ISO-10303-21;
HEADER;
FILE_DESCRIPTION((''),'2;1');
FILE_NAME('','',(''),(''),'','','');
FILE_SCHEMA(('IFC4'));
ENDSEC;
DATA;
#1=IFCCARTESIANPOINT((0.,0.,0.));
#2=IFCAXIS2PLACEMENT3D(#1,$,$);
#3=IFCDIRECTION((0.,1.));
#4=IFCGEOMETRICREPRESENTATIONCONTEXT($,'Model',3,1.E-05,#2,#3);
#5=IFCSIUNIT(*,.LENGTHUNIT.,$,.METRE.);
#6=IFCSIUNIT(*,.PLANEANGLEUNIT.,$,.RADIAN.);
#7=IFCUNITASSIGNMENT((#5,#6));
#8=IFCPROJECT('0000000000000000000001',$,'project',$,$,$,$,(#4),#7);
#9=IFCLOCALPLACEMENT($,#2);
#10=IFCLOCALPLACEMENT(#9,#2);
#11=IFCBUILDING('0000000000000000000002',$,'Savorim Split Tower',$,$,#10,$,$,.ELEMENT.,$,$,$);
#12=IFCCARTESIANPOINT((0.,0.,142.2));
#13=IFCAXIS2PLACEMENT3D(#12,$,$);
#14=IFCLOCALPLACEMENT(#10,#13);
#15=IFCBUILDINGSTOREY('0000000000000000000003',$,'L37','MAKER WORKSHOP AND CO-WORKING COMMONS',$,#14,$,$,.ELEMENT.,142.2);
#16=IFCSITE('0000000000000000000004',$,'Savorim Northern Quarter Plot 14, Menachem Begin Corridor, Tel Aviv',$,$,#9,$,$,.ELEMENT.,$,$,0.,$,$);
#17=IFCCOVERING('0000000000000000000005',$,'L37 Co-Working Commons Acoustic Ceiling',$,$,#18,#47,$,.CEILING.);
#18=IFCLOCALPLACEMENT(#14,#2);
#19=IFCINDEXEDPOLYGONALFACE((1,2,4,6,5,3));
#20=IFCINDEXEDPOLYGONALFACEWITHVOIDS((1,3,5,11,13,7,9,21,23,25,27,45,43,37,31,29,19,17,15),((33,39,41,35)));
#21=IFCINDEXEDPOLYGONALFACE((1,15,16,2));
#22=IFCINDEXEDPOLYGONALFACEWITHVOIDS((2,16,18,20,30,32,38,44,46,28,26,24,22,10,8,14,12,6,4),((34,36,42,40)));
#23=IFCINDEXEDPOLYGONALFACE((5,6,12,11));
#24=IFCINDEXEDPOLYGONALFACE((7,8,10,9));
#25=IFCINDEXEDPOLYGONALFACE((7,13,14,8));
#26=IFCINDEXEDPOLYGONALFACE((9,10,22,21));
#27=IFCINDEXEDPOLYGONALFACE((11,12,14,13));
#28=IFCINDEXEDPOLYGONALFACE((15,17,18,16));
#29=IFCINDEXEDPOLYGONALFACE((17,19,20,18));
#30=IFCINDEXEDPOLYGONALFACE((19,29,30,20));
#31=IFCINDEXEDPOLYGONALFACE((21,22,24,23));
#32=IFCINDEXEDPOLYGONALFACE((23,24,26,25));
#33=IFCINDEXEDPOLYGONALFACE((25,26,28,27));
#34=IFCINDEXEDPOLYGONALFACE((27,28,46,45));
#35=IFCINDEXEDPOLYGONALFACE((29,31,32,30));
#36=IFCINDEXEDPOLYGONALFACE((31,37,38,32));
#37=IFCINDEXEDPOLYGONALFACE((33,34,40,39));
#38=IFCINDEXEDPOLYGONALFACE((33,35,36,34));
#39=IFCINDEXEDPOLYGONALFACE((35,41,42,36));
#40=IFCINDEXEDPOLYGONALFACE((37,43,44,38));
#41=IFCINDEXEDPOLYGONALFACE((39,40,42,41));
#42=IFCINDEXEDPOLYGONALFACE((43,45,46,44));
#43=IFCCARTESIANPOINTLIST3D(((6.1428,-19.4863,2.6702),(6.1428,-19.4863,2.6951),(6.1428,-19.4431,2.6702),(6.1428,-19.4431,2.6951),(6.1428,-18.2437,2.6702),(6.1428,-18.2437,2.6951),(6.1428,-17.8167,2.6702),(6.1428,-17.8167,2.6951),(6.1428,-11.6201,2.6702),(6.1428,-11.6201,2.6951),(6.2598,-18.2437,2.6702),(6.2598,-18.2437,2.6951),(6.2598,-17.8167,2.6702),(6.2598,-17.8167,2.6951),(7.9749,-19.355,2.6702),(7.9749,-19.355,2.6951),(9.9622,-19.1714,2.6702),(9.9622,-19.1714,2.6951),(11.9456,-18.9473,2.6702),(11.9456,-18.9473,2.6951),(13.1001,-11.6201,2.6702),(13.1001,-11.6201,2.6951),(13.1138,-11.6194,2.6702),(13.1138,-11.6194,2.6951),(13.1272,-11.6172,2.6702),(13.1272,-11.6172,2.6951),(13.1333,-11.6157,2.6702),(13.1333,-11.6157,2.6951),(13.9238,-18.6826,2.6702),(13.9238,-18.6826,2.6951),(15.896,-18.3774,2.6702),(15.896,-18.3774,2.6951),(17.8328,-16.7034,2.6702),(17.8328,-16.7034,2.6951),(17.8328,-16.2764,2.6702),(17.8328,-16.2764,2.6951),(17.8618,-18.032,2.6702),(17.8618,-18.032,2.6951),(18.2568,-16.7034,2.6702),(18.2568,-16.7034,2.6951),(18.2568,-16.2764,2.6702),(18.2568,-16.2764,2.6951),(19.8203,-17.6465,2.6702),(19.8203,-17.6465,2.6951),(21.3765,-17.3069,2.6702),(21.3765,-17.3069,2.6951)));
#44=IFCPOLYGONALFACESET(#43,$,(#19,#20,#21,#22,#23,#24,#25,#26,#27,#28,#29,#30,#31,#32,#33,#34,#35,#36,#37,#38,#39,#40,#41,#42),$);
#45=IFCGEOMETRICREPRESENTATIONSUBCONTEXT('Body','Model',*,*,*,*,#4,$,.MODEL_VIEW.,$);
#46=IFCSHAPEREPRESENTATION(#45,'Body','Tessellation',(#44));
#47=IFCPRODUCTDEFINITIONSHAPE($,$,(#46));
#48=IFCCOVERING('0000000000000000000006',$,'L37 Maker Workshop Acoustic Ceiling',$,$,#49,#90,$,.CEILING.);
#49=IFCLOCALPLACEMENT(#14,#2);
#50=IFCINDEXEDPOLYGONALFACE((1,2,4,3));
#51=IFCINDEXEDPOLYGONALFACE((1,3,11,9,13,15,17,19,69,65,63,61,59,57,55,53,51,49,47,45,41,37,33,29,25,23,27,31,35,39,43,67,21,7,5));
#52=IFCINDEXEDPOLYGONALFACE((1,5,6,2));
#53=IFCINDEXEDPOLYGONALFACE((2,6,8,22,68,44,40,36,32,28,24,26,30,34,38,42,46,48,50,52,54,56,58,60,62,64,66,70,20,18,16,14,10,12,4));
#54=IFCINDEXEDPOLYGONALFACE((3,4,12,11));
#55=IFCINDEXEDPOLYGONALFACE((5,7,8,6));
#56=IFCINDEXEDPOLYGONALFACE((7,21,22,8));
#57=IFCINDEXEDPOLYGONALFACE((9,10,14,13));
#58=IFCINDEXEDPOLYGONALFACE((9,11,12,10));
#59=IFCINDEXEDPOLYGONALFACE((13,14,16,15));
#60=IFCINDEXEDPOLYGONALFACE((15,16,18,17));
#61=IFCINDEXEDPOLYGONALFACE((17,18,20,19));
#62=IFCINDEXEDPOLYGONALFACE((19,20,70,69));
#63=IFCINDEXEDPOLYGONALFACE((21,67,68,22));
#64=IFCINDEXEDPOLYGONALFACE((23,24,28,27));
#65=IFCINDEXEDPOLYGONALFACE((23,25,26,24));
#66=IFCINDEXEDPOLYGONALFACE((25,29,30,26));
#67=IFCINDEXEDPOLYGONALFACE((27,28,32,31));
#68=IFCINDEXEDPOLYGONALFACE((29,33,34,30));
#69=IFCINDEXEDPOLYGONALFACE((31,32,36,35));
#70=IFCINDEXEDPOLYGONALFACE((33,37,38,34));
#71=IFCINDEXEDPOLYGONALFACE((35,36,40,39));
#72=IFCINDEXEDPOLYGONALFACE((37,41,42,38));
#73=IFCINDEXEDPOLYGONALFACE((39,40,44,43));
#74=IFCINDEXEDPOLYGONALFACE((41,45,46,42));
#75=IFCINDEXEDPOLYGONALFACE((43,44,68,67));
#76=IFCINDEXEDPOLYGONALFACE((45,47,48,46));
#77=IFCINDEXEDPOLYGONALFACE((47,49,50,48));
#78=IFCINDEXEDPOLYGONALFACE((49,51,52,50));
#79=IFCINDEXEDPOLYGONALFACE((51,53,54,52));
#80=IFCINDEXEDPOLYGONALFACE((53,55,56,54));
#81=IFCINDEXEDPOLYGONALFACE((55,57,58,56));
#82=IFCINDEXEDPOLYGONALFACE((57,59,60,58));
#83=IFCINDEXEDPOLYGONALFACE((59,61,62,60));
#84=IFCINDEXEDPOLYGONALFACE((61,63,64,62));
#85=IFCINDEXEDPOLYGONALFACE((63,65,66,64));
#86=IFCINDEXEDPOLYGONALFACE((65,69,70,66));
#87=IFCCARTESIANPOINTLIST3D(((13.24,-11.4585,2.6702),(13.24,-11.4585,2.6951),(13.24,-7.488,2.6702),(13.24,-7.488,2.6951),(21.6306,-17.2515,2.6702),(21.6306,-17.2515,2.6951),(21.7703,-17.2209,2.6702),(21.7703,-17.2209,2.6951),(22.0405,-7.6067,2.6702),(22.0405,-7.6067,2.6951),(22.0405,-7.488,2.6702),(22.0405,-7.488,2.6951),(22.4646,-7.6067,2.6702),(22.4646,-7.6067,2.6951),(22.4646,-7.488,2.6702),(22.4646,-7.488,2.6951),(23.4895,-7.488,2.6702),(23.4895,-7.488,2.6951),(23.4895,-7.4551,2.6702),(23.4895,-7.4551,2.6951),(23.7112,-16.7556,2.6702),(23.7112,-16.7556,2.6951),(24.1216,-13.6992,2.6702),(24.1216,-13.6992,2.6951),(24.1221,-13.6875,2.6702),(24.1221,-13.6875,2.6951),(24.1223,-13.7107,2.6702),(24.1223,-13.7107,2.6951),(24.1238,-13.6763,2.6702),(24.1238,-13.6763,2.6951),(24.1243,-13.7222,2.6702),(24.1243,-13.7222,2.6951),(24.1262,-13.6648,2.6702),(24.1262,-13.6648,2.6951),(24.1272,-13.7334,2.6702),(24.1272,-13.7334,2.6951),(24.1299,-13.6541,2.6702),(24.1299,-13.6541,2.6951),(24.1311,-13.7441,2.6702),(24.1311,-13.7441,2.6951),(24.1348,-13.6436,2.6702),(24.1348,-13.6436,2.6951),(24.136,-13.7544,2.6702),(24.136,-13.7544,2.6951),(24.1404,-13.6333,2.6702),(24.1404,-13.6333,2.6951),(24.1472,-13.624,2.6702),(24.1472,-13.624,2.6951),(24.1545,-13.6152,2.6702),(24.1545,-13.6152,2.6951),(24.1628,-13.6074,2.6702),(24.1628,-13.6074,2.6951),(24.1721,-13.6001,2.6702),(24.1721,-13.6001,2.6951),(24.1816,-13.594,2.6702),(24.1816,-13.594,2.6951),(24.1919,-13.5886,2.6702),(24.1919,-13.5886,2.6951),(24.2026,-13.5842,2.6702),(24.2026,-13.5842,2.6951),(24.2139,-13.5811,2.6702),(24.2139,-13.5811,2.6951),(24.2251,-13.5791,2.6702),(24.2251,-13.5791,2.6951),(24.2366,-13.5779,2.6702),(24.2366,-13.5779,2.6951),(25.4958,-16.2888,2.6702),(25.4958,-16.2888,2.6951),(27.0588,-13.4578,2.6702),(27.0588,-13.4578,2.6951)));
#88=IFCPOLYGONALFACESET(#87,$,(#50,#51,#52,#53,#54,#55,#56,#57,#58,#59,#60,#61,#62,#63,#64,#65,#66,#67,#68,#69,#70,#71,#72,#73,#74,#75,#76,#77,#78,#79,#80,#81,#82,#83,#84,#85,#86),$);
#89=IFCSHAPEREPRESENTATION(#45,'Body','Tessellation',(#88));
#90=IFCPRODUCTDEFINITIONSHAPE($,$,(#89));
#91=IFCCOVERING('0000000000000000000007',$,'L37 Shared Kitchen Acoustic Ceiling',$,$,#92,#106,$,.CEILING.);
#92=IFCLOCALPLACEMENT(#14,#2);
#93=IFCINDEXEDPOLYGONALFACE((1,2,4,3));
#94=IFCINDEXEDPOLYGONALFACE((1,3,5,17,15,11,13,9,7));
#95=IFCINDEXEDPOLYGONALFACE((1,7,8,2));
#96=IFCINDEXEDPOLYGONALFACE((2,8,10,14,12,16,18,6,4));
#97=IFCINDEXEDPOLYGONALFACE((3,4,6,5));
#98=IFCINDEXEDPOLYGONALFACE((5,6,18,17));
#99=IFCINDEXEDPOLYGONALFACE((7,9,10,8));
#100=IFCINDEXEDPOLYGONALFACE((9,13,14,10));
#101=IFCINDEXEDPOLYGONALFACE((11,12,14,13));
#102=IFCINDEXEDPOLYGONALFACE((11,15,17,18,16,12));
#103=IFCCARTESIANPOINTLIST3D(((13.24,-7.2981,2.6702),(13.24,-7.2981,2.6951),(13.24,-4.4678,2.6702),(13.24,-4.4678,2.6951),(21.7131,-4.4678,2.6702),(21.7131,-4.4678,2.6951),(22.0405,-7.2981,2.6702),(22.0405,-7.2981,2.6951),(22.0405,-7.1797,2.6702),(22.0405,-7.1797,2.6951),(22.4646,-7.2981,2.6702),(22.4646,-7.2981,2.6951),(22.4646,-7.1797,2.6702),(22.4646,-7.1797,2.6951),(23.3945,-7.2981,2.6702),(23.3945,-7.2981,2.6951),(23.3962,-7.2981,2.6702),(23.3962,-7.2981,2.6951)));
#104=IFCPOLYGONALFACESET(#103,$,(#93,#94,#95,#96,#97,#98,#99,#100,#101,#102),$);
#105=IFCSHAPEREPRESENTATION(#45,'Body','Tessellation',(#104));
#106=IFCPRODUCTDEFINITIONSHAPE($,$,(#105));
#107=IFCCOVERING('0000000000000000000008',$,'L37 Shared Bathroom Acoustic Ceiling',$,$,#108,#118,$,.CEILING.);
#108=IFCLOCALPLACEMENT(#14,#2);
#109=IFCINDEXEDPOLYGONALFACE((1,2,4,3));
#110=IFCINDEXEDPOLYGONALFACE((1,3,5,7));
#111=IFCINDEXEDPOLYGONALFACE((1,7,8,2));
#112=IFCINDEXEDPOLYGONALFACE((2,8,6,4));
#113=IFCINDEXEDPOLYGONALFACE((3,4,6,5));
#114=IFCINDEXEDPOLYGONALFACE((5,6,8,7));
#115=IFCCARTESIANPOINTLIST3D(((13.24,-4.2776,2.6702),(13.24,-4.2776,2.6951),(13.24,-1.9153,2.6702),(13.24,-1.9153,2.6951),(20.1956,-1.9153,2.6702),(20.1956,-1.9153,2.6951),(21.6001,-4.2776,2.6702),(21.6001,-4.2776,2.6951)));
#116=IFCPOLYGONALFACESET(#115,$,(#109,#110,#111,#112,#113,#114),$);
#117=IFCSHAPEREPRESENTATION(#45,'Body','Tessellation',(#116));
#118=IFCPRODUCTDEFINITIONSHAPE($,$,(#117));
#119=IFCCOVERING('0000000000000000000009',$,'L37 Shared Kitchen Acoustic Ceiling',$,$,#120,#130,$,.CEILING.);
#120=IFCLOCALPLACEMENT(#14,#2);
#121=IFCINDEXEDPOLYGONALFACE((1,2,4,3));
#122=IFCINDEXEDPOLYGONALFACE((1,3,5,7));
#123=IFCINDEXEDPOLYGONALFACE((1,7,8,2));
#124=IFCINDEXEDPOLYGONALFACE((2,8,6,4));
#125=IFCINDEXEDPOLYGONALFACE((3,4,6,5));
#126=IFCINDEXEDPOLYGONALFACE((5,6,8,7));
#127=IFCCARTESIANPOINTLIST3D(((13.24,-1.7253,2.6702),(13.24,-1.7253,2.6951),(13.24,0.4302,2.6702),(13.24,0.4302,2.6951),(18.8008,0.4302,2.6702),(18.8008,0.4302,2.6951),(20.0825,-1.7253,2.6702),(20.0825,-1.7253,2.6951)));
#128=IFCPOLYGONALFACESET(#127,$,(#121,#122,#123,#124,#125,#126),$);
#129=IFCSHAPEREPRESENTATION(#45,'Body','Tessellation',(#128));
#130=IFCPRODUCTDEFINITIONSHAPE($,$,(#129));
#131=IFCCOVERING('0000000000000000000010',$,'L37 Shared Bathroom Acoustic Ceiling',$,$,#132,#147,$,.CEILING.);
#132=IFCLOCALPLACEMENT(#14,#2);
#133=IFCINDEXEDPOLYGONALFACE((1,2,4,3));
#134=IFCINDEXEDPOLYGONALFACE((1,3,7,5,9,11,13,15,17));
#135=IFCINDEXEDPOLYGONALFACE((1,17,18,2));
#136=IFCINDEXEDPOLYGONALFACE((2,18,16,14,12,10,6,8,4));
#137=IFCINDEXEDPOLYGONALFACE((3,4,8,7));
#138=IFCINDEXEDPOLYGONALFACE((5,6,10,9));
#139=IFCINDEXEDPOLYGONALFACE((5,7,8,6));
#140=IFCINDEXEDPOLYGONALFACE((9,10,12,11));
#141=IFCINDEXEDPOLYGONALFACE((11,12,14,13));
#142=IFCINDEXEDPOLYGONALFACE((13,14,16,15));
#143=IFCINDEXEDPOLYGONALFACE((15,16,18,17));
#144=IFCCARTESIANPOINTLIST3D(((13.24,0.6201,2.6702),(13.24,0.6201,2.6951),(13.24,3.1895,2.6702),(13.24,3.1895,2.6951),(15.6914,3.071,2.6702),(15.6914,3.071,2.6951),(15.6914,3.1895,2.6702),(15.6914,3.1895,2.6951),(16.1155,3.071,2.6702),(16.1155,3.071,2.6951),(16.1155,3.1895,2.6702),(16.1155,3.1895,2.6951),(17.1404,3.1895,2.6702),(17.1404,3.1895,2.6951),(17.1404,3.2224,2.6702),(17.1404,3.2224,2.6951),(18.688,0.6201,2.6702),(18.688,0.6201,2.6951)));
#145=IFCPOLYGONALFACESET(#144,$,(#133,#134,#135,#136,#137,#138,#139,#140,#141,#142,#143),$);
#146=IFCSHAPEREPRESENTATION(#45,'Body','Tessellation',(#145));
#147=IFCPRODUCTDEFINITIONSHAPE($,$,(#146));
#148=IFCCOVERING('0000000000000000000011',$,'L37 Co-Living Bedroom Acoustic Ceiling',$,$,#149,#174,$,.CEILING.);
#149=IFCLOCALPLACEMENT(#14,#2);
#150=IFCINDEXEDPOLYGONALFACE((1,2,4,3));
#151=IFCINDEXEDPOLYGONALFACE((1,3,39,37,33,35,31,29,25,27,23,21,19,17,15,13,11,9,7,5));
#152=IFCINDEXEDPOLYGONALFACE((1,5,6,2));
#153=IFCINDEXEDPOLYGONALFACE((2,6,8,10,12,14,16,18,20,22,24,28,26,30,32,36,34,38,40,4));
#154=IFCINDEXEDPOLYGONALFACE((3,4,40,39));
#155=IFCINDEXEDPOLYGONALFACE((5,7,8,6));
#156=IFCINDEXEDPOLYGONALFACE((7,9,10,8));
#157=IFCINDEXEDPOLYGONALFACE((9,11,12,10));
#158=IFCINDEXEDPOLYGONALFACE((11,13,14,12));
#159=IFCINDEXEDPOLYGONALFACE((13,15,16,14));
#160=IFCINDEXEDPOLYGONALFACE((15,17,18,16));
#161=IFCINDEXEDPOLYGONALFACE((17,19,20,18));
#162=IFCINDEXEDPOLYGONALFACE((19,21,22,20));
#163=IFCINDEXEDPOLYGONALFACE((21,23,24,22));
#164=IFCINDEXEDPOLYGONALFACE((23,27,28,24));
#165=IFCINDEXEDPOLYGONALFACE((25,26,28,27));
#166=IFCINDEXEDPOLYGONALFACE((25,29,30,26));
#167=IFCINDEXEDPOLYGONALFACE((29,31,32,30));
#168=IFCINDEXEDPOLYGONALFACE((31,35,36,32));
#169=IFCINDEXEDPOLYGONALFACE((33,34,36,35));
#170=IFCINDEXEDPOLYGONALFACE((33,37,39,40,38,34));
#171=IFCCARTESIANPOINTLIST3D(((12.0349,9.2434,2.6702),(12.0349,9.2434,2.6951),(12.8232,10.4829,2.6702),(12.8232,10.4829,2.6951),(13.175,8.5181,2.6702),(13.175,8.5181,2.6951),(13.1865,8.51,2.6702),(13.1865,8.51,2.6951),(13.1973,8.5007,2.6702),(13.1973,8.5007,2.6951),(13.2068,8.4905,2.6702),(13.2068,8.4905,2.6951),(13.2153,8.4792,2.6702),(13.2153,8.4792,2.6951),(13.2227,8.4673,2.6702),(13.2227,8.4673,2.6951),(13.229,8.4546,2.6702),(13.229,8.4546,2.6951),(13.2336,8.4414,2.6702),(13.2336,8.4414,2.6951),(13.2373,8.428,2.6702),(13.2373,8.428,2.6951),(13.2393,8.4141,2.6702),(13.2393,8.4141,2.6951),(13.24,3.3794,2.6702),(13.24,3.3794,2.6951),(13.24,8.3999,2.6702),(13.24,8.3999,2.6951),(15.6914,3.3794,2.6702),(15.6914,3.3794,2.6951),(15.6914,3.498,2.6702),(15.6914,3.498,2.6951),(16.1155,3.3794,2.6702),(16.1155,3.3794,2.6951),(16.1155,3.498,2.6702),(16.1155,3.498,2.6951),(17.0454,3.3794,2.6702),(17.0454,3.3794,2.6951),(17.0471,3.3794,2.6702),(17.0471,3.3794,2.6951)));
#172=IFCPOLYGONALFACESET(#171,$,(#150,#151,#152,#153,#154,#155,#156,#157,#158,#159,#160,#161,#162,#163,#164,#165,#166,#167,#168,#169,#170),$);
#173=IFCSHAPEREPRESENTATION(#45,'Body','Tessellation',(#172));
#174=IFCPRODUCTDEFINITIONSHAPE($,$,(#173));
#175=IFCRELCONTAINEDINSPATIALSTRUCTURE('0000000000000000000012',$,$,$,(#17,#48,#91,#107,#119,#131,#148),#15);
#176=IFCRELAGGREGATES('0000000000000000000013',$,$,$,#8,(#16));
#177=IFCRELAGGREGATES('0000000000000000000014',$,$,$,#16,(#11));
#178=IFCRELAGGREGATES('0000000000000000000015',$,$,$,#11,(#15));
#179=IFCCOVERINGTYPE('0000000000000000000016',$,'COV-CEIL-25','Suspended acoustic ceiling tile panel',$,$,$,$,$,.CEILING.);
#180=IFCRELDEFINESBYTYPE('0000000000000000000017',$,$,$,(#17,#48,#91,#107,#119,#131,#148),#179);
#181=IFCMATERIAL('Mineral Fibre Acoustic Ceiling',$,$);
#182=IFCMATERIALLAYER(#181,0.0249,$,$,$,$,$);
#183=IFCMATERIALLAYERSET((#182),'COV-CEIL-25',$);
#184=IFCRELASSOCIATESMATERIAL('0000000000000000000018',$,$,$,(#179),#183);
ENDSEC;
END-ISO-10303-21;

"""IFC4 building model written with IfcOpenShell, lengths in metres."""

from ifc_helpers import new_model, si_unit, direction, frame, origin, place, context, subcontext, project, spatial, polyline, outline, extrude, material, layer, layer_set, type_object, element, save


model = new_model("IFC4")

# Units and contexts
model_context = context("Model", 3, precision=1e-05, world=origin(), true_north=direction((0.0, 1.0)))
body_context = subcontext(model_context, "Body", "Model", "MODEL_VIEW")
ifc_project = project(units=[si_unit("LENGTHUNIT", "METRE"), si_unit("PLANEANGLEUNIT", "RADIAN")], contexts=[model_context])

# Site, building, storey
site_placement = place(None, origin())
site = spatial("IfcSite", under=ifc_project, at=site_placement, Name="Savorim Northern Quarter Plot 14, Menachem Begin Corridor, Tel Aviv", CompositionType="ELEMENT", RefElevation=0.0)
building_placement = place(site_placement, origin())
building = spatial("IfcBuilding", under=site, at=building_placement, Name="Savorim Split Tower", CompositionType="ELEMENT")
storey_placement = place(building_placement, frame((0.0, 0.0, 142.2)))
storey = spatial("IfcBuildingStorey", under=building, at=storey_placement, Name="L37", Description="MAKER WORKSHOP AND CO-WORKING COMMONS", CompositionType="ELEMENT", Elevation=142.2)

# Coverings
ifc_material_1 = material(Name="Mineral Fibre Acoustic Ceiling")
ifc_layer_1 = layer(ifc_material_1, 0.0249)
ifc_layer_set_1 = layer_set([ifc_layer_1], Name="COV-CEIL-25")
covering_type_1 = type_object("IfcCoveringType", Name="COV-CEIL-25", Description="Suspended acoustic ceiling tile panel", PredefinedType="CEILING", material=ifc_layer_set_1)
covering_1_placement = place(storey_placement, frame((0.0, 0.0, 2.6702)))
element("IfcCovering", 1, at=covering_1_placement, inside=storey, type_object=covering_type_1, Name="L37 Co-Working Commons Acoustic Ceiling", PredefinedType="CEILING", context=body_context, shape_type="SweptSolid", body=[
    extrude(outline(polyline([(15.896, -18.3774), (17.8618, -18.032), (19.8203, -17.6465), (21.3765, -17.3069), (13.1333, -11.6157), (13.1272, -11.6172), (13.1138, -11.6194), (13.1001, -11.6201), (6.1428, -11.6201), (6.1428, -17.8167), (6.2598, -17.8167), (6.2598, -18.2437), (6.1428, -18.2437), (6.1428, -19.4431), (6.1428, -19.4863), (7.9749, -19.355), (9.9622, -19.1714), (11.9456, -18.9473), (13.9238, -18.6826), (15.896, -18.3774)]), holes=[polyline([(18.2568, -16.7034), (18.2568, -16.2764), (17.8328, -16.2764), (17.8328, -16.7034), (18.2568, -16.7034)])]), origin(), (0.0, 0.0, 1.0), 0.0249),
])
covering_2_placement = place(storey_placement, frame((0.0, 0.0, 2.6702)))
element("IfcCovering", 2, at=covering_2_placement, inside=storey, type_object=covering_type_1, Name="L37 Maker Workshop Acoustic Ceiling", PredefinedType="CEILING", context=body_context, shape_type="SweptSolid", body=[
    extrude(outline(polyline([(24.2139, -13.5811), (24.2251, -13.5791), (24.2366, -13.5779), (27.0588, -13.4578), (23.4895, -7.4551), (23.4895, -7.488), (22.4646, -7.488), (22.4646, -7.6067), (22.0405, -7.6067), (22.0405, -7.488), (13.24, -7.488), (13.24, -11.4585), (21.6306, -17.2515), (21.7703, -17.2209), (23.7112, -16.7556), (25.4958, -16.2888), (24.136, -13.7544), (24.1311, -13.7441), (24.1272, -13.7334), (24.1243, -13.7222), (24.1223, -13.7107), (24.1216, -13.6992), (24.1221, -13.6875), (24.1238, -13.6763), (24.1262, -13.6648), (24.1299, -13.6541), (24.1348, -13.6436), (24.1404, -13.6333), (24.1472, -13.624), (24.1545, -13.6152), (24.1628, -13.6074), (24.1721, -13.6001), (24.1816, -13.594), (24.1919, -13.5886), (24.2026, -13.5842), (24.2139, -13.5811)])), origin(), (0.0, 0.0, 1.0), 0.0249),
])
covering_3_placement = place(storey_placement, frame((0.0, 0.0, 2.6702)))
element("IfcCovering", 3, at=covering_3_placement, inside=storey, type_object=covering_type_1, Name="L37 Shared Kitchen Acoustic Ceiling", PredefinedType="CEILING", context=body_context, shape_type="SweptSolid", body=[
    extrude(outline(polyline([(22.4646, -7.1797), (22.4646, -7.2981), (23.3945, -7.2981), (23.3962, -7.2981), (21.7131, -4.4678), (13.24, -4.4678), (13.24, -7.2981), (22.0405, -7.2981), (22.0405, -7.1797), (22.4646, -7.1797)])), origin(), (0.0, 0.0, 1.0), 0.0249),
])
covering_4_placement = place(storey_placement, frame((0.0, 0.0, 2.6702)))
element("IfcCovering", 4, at=covering_4_placement, inside=storey, type_object=covering_type_1, Name="L37 Shared Bathroom Acoustic Ceiling", PredefinedType="CEILING", context=body_context, shape_type="SweptSolid", body=[
    extrude(outline(polyline([(21.6001, -4.2776), (20.1956, -1.9153), (13.24, -1.9153), (13.24, -4.2776), (21.6001, -4.2776)])), origin(), (0.0, 0.0, 1.0), 0.0249),
])
covering_5_placement = place(storey_placement, frame((0.0, 0.0, 2.6702)))
element("IfcCovering", 5, at=covering_5_placement, inside=storey, type_object=covering_type_1, Name="L37 Shared Kitchen Acoustic Ceiling", PredefinedType="CEILING", context=body_context, shape_type="SweptSolid", body=[
    extrude(outline(polyline([(20.0825, -1.7253), (18.8008, 0.4302), (13.24, 0.4302), (13.24, -1.7253), (20.0825, -1.7253)])), origin(), (0.0, 0.0, 1.0), 0.0249),
])
covering_6_placement = place(storey_placement, frame((0.0, 0.0, 2.6702)))
element("IfcCovering", 6, at=covering_6_placement, inside=storey, type_object=covering_type_1, Name="L37 Shared Bathroom Acoustic Ceiling", PredefinedType="CEILING", context=body_context, shape_type="SweptSolid", body=[
    extrude(outline(polyline([(15.6914, 3.071), (15.6914, 3.1895), (13.24, 3.1895), (13.24, 0.6201), (18.688, 0.6201), (17.1404, 3.2224), (17.1404, 3.1895), (16.1155, 3.1895), (16.1155, 3.071), (15.6914, 3.071)])), origin(), (0.0, 0.0, 1.0), 0.0249),
])
covering_7_placement = place(storey_placement, frame((0.0, 0.0, 2.6702)))
element("IfcCovering", 7, at=covering_7_placement, inside=storey, type_object=covering_type_1, Name="L37 Co-Living Bedroom Acoustic Ceiling", PredefinedType="CEILING", context=body_context, shape_type="SweptSolid", body=[
    extrude(outline(polyline([(16.1155, 3.498), (16.1155, 3.3794), (17.0454, 3.3794), (17.0471, 3.3794), (12.8232, 10.4829), (12.0349, 9.2434), (13.175, 8.5181), (13.1865, 8.51), (13.1973, 8.5007), (13.2068, 8.4905), (13.2153, 8.4792), (13.2227, 8.4673), (13.229, 8.4546), (13.2336, 8.4414), (13.2373, 8.428), (13.2393, 8.4141), (13.24, 8.3999), (13.24, 3.3794), (15.6914, 3.3794), (15.6914, 3.498), (16.1155, 3.498)])), origin(), (0.0, 0.0, 1.0), 0.0249),
])

save(model, "model.ifc")
